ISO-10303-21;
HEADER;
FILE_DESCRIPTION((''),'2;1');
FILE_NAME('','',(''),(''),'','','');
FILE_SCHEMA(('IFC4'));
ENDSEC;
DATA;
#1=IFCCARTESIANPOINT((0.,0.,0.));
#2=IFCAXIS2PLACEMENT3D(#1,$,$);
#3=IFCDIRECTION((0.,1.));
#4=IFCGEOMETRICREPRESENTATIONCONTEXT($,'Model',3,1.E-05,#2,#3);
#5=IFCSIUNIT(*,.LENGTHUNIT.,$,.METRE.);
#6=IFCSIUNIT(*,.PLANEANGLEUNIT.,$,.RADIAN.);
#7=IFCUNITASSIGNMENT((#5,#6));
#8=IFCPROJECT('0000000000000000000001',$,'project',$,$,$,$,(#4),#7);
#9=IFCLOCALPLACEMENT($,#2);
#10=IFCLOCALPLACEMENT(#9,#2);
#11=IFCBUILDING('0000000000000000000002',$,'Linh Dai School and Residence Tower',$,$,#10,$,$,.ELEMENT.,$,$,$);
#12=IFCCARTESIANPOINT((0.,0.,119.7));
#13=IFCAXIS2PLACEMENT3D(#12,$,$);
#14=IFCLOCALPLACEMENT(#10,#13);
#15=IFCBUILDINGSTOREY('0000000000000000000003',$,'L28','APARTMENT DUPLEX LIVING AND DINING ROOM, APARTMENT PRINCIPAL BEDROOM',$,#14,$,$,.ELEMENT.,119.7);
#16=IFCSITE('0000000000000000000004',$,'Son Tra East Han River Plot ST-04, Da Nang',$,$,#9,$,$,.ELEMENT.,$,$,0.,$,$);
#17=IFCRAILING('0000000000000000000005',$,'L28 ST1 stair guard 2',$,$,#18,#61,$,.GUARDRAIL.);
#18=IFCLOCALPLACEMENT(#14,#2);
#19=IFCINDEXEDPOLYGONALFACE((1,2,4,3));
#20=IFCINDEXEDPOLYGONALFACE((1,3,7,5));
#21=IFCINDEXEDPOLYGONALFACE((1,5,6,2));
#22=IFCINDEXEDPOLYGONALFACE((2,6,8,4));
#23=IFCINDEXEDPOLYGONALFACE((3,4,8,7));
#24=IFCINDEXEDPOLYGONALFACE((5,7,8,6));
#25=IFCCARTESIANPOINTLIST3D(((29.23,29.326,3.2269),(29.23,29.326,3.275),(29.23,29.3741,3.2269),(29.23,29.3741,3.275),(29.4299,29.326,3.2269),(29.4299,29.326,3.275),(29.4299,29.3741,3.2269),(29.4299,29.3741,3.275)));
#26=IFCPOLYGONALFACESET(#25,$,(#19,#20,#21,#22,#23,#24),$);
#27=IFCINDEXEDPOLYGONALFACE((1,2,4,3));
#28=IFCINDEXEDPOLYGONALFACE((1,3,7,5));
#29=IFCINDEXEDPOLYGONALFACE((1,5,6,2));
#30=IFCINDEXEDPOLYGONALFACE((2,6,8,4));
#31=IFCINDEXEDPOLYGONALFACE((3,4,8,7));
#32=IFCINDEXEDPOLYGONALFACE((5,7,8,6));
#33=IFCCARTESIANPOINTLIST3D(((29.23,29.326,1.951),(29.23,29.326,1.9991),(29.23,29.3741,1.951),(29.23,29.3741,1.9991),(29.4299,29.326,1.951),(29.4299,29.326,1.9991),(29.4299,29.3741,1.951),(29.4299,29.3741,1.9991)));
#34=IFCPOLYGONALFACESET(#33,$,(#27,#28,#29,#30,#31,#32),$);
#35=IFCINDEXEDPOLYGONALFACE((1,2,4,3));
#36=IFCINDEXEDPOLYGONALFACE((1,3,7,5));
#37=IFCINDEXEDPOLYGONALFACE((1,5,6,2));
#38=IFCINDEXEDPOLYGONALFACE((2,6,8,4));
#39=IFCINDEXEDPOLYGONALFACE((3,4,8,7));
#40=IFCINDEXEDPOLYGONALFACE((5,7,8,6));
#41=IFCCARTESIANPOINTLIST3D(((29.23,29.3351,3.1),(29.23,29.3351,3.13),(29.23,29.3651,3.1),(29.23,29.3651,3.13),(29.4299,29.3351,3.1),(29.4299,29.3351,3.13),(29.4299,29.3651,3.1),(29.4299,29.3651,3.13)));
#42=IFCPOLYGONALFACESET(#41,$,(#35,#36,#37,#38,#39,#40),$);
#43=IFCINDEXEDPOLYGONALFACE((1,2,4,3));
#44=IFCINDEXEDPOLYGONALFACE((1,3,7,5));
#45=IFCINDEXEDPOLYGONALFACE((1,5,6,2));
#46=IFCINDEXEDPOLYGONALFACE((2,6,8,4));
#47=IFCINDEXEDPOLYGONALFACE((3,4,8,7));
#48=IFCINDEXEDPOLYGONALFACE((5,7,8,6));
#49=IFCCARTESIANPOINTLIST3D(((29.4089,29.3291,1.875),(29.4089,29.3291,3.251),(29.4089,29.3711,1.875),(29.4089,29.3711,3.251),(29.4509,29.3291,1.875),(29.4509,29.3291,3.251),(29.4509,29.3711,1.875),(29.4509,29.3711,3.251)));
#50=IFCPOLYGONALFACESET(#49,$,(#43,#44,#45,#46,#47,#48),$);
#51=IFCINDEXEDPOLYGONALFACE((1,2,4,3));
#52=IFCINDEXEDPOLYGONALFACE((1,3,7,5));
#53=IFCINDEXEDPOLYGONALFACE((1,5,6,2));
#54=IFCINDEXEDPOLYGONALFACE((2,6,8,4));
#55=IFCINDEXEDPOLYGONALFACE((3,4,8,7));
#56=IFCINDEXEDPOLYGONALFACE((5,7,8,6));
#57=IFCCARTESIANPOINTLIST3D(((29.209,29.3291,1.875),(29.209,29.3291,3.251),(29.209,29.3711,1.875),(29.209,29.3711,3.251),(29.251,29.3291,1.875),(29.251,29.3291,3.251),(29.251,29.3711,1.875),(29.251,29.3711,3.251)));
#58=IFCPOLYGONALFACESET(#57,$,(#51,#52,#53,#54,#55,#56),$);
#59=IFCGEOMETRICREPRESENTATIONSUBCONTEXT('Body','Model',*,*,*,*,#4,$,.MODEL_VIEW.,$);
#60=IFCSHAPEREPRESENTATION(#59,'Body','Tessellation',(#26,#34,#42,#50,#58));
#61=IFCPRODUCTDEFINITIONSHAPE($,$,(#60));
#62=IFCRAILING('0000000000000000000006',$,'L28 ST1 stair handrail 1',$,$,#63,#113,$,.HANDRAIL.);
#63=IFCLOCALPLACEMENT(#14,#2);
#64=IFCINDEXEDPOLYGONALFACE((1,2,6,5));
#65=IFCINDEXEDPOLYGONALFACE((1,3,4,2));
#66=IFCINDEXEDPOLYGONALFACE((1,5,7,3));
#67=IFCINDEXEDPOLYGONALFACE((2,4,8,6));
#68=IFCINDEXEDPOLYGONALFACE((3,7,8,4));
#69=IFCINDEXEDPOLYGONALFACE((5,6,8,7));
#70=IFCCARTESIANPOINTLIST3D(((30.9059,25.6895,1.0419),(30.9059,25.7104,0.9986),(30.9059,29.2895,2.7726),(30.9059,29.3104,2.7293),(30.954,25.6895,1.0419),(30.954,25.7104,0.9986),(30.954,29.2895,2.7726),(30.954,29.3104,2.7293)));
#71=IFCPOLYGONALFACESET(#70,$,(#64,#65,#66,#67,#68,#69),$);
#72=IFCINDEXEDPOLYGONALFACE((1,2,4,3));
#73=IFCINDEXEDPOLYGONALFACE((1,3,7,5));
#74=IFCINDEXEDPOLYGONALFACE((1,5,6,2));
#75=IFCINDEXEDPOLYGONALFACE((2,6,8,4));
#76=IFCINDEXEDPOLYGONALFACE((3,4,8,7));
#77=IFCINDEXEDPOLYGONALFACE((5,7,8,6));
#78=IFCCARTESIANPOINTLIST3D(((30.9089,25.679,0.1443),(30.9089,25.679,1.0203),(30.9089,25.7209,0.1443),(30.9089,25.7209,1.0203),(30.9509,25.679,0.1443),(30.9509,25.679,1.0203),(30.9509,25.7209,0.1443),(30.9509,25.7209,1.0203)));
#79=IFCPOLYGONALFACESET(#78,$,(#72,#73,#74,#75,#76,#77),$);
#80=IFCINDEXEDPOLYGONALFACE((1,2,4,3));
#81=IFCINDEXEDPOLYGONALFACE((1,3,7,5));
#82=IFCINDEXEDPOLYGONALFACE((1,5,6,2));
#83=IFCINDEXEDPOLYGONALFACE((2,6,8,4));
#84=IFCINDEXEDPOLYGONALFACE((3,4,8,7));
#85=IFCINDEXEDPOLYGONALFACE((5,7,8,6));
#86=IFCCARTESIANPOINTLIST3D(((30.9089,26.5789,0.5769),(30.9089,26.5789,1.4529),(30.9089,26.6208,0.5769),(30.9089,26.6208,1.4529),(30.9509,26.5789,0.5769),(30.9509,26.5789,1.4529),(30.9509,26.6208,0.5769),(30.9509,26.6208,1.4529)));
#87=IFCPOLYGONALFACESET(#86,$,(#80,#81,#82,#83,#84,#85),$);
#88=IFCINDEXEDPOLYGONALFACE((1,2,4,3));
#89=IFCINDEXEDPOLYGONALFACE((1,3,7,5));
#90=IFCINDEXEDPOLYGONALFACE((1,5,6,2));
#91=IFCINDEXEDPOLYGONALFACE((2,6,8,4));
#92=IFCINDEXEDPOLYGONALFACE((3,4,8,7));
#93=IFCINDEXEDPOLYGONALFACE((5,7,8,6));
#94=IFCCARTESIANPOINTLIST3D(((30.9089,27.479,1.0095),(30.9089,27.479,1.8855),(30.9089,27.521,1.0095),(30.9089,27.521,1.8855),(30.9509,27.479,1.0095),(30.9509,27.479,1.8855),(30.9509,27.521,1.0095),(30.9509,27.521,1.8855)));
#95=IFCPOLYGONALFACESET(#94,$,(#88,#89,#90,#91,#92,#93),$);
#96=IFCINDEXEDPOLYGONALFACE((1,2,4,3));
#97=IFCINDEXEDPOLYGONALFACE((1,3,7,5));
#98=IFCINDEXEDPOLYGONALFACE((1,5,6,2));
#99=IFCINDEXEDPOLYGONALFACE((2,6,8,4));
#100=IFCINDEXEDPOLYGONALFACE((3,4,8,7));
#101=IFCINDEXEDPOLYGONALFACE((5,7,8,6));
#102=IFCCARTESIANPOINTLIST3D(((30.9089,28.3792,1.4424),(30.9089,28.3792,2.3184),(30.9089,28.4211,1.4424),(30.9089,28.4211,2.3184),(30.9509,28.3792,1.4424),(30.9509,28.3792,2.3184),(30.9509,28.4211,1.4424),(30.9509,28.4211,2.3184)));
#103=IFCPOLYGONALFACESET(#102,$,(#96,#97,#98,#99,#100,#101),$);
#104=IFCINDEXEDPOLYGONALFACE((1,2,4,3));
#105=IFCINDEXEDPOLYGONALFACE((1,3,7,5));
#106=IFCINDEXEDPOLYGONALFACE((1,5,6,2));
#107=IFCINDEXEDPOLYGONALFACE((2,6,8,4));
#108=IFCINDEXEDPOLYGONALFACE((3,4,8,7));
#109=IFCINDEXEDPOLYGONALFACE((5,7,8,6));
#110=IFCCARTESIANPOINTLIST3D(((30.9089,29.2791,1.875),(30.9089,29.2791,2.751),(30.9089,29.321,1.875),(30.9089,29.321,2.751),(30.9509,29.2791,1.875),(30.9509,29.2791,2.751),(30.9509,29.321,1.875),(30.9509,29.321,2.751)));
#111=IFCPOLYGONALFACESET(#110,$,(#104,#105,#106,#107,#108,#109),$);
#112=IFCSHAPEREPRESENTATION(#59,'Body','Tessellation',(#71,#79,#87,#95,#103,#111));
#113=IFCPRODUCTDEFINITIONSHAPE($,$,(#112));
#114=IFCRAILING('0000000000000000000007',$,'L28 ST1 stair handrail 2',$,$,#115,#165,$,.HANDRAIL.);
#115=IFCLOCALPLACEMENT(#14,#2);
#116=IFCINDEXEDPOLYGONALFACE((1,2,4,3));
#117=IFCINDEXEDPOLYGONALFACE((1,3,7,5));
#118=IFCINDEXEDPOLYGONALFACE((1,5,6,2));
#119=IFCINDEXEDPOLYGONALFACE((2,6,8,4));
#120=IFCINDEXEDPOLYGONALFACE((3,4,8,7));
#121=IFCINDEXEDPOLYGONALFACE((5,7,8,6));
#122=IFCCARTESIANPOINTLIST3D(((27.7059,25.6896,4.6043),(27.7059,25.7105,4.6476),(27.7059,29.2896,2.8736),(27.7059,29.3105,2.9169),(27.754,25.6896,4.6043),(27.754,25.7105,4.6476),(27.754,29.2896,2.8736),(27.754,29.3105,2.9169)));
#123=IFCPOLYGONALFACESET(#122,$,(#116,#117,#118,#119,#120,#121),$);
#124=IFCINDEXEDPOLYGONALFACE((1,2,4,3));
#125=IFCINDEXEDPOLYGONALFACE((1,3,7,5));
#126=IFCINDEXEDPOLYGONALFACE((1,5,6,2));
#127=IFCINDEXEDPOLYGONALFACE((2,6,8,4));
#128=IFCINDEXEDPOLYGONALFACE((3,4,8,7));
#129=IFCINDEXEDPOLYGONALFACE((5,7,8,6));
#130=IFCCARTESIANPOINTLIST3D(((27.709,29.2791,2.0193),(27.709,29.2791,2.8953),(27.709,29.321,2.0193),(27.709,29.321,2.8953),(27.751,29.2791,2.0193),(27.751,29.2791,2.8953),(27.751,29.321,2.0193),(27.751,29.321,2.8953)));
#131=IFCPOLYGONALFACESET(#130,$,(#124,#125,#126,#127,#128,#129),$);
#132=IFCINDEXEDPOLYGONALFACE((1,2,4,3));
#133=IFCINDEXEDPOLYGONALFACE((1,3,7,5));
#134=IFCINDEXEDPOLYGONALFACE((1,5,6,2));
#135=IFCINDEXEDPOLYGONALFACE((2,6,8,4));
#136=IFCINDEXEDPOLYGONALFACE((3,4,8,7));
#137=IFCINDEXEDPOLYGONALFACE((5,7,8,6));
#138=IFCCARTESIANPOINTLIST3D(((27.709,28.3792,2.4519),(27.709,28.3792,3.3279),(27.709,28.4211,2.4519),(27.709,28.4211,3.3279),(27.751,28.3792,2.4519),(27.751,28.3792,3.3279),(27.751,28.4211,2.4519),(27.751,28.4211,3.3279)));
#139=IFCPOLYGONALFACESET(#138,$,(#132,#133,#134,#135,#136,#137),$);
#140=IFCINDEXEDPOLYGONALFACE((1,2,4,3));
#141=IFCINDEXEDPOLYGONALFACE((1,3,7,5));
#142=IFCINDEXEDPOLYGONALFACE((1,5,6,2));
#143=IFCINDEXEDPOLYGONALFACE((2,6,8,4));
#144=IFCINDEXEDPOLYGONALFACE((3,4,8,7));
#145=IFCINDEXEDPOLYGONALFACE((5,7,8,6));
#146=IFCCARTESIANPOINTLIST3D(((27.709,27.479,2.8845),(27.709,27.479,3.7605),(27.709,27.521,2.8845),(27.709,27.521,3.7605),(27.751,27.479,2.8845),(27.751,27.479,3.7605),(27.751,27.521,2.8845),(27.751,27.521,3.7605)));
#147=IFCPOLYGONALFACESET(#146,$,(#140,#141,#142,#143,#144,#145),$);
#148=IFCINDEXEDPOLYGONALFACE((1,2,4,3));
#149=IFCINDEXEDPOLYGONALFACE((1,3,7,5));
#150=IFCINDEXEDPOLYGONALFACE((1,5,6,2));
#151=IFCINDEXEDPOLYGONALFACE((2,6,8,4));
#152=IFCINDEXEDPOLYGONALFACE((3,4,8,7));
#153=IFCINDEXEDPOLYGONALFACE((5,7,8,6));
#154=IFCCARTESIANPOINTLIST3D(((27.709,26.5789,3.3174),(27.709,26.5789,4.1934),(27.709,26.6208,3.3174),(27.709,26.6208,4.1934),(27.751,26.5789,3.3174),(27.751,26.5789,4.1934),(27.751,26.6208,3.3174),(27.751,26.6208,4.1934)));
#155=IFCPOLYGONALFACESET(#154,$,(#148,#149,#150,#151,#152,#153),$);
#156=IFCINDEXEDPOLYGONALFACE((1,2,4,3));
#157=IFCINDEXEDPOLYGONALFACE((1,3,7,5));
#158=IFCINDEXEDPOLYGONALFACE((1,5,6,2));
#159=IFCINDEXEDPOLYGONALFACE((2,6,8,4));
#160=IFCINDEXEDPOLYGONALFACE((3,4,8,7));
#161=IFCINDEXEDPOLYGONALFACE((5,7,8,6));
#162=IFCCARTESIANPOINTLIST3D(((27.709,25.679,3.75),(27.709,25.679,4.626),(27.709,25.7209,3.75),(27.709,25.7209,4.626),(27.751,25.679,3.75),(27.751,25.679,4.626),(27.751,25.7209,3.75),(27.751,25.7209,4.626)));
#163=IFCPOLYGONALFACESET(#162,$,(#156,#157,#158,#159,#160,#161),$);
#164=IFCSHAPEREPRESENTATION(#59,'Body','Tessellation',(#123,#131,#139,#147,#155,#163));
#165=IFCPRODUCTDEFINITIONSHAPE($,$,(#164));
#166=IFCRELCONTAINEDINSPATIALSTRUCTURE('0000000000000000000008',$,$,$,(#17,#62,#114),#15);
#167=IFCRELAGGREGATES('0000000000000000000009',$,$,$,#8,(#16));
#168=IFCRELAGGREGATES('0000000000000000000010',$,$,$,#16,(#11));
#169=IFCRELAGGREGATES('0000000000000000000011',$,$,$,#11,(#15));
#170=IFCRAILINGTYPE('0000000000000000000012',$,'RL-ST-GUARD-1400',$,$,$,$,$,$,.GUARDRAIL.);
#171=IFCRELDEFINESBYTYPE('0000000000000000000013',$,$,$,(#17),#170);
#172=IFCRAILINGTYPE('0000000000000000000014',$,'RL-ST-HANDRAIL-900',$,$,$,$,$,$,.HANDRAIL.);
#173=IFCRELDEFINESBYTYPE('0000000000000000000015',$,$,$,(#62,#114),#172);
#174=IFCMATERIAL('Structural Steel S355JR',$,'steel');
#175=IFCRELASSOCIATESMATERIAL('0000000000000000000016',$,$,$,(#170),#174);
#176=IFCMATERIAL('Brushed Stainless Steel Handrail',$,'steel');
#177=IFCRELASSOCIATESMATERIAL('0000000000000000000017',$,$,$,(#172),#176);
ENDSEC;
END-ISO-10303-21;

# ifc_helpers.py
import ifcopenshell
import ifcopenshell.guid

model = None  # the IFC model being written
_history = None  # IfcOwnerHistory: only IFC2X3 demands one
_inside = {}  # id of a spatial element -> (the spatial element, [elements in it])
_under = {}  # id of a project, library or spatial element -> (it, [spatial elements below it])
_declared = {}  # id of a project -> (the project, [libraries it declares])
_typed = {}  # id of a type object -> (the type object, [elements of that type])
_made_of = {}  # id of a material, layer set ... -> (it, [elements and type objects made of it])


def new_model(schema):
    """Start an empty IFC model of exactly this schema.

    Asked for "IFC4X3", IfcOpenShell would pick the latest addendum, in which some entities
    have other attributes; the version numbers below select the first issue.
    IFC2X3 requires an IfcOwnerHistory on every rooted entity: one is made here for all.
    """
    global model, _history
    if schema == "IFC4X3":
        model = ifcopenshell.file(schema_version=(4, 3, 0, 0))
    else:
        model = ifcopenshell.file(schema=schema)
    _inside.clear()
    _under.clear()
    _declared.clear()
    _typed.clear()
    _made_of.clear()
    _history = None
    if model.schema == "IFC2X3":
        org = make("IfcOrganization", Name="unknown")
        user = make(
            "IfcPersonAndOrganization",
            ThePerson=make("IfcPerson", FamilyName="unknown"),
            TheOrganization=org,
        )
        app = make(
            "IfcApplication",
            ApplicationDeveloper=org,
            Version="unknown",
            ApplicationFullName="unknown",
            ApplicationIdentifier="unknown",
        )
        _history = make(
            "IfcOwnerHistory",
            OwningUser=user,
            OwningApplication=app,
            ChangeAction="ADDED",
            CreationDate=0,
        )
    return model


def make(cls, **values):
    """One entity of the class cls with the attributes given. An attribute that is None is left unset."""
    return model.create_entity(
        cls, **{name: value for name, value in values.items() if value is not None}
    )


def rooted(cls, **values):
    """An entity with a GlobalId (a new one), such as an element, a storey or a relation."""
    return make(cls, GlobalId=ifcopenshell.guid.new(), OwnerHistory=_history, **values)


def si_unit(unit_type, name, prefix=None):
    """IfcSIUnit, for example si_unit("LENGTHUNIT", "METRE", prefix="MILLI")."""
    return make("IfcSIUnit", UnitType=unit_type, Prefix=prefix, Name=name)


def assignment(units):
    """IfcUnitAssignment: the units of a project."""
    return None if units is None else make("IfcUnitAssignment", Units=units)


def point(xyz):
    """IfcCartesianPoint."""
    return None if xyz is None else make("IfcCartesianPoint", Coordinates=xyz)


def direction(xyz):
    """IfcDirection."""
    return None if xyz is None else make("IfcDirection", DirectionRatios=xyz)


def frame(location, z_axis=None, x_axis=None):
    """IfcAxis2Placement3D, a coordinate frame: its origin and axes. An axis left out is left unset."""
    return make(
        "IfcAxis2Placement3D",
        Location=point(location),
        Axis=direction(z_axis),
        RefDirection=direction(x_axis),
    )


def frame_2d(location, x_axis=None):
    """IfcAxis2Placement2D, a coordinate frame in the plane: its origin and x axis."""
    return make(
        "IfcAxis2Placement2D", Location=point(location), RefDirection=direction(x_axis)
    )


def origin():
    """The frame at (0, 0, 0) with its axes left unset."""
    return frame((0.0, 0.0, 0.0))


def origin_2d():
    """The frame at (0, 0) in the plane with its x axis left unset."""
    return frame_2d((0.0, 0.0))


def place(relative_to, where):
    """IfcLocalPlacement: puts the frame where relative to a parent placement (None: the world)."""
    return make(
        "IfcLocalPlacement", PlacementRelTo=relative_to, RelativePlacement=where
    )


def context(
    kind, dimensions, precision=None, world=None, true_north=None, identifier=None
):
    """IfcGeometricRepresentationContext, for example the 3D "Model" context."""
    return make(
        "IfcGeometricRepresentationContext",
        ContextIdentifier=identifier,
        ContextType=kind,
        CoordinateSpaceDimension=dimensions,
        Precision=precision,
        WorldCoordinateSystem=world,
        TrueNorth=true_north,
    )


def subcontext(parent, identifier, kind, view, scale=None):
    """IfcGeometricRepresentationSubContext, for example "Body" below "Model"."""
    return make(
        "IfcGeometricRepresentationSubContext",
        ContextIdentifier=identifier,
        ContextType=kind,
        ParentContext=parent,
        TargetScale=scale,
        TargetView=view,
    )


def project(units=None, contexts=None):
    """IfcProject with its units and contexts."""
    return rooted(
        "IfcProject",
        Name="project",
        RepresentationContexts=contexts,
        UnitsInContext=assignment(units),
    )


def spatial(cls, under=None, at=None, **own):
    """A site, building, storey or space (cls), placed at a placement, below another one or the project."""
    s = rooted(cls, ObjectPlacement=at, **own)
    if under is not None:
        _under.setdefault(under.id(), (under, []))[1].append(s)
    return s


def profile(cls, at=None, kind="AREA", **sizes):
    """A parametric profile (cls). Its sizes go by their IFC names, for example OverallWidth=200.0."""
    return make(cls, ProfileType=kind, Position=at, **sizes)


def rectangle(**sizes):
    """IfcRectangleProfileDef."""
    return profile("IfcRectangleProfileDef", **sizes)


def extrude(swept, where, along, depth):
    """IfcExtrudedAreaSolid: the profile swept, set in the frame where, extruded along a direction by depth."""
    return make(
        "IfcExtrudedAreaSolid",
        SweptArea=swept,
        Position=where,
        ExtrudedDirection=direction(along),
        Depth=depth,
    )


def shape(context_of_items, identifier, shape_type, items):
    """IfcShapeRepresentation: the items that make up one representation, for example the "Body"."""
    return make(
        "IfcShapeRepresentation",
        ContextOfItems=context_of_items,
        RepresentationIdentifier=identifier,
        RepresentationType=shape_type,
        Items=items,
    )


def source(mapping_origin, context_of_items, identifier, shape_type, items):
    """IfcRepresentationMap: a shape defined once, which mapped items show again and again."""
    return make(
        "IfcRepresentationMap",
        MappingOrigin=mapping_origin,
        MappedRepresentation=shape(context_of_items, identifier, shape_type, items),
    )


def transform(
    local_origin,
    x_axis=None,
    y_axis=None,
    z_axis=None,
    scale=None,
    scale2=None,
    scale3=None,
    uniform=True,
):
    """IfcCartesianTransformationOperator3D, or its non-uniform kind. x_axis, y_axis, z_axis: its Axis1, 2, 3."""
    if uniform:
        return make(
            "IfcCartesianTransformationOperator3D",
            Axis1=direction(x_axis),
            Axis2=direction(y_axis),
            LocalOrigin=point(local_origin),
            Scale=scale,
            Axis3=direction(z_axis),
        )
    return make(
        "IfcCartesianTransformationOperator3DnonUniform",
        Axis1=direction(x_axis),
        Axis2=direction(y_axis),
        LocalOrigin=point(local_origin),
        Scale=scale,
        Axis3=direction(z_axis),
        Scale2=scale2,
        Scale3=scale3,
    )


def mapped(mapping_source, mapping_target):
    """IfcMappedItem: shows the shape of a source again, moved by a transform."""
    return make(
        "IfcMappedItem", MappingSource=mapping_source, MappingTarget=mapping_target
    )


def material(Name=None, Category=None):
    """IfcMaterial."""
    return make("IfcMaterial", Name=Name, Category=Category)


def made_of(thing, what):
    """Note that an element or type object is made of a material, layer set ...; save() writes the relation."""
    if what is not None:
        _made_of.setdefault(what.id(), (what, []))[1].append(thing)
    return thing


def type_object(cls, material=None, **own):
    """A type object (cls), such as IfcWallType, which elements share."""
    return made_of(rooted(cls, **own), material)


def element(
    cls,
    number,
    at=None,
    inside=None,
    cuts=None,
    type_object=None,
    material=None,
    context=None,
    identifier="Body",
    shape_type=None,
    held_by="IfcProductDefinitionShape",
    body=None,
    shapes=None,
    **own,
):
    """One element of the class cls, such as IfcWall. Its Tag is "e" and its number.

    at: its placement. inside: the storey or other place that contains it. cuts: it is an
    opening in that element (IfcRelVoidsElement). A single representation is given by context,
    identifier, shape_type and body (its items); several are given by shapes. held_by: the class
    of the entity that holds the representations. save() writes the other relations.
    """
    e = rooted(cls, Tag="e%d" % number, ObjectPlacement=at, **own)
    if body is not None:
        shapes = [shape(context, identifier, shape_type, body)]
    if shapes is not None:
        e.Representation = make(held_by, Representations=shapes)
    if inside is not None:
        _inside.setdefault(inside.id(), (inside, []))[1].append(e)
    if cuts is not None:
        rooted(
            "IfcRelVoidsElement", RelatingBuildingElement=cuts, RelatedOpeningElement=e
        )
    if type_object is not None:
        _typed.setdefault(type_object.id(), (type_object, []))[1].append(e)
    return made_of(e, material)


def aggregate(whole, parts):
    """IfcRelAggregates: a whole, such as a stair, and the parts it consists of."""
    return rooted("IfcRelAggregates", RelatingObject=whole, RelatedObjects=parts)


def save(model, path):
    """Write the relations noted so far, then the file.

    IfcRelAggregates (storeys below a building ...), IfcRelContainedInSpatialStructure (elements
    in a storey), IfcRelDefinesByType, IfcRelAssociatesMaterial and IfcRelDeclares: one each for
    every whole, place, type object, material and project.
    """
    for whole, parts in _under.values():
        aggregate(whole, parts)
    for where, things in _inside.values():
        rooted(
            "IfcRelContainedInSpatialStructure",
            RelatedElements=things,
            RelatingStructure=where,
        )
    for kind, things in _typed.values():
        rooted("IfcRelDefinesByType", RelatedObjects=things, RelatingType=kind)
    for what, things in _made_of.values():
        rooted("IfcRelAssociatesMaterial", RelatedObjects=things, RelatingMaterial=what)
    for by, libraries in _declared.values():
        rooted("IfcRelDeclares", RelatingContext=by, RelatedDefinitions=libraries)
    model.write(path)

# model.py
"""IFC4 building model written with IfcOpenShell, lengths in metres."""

from ifc_helpers import new_model, si_unit, direction, frame, origin, origin_2d, place, context, subcontext, project, spatial, rectangle, extrude, source, transform, mapped, material, type_object, element, save


model = new_model("IFC4")

# Units and contexts
model_context = context("Model", 3, precision=1e-05, world=origin(), true_north=direction((0.0, 1.0)))
body_context = subcontext(model_context, "Body", "Model", "MODEL_VIEW")
ifc_project = project(units=[si_unit("LENGTHUNIT", "METRE"), si_unit("PLANEANGLEUNIT", "RADIAN")], contexts=[model_context])

# Site, building, storey
site_placement = place(None, origin())
site = spatial("IfcSite", under=ifc_project, at=site_placement, Name="Son Tra East Han River Plot ST-04, Da Nang", CompositionType="ELEMENT", RefElevation=0.0)
building_placement = place(site_placement, origin())
building = spatial("IfcBuilding", under=site, at=building_placement, Name="Linh Dai School and Residence Tower", CompositionType="ELEMENT")
storey_placement = place(building_placement, frame((0.0, 0.0, 119.7)))
storey = spatial("IfcBuildingStorey", under=building, at=storey_placement, Name="L28", Description="APARTMENT DUPLEX LIVING AND DINING ROOM, APARTMENT PRINCIPAL BEDROOM", CompositionType="ELEMENT", Elevation=119.7)

# Shared definitions
ifc_material_1 = material(Name="Structural Steel S355JR", Category="steel")

# Railings
railing_type_1 = type_object("IfcRailingType", Name="RL-ST-GUARD-1400", PredefinedType="GUARDRAIL", material=ifc_material_1)
shared_shape_1 = source(origin(), body_context, "Body", "SweptSolid", [
    extrude(rectangle(XDim=0.0481, YDim=0.0481, at=origin_2d()), frame((0.0, 0.0, 1.376), z_axis=(-1.0, 0.0, 0.0), x_axis=(0.0, -1.0, 0.0)), (0.0, 0.0, 1.0), 0.2),
    extrude(rectangle(XDim=0.0481, YDim=0.0481, at=origin_2d()), frame((0.0, 0.0, 0.1001), z_axis=(-1.0, 0.0, 0.0), x_axis=(0.0, -1.0, 0.0)), (0.0, 0.0, 1.0), 0.2),
    extrude(rectangle(XDim=0.03, YDim=0.03, at=origin_2d()), frame((0.0, 0.0, 1.24), z_axis=(-1.0, 0.0, 0.0), x_axis=(0.0, -1.0, 0.0)), (0.0, 0.0, 1.0), 0.2),
    extrude(rectangle(XDim=0.042, YDim=0.042, at=origin_2d()), origin(), (0.0, 0.0, 1.0), 1.376),
    extrude(rectangle(XDim=0.042, YDim=0.042, at=origin_2d()), frame((-0.2, 0.0, 0.0)), (0.0, 0.0, 1.0), 1.376),
])
railing_1_placement = place(storey_placement, frame((29.4299, 29.3501, 1.875)))
element("IfcRailing", 1, at=railing_1_placement, inside=storey, type_object=railing_type_1, Name="L28 ST1 stair guard 2", PredefinedType="GUARDRAIL", context=body_context, shape_type="MappedRepresentation", body=[
    mapped(shared_shape_1, transform((0.0, 0.0, 0.0), x_axis=(1.0, 0.0, 0.0), y_axis=(0.0, 1.0, 0.0), z_axis=(0.0, 0.0, 1.0), scale=1.0)),
])
ifc_material_2 = material(Name="Brushed Stainless Steel Handrail", Category="steel")
railing_type_2 = type_object("IfcRailingType", Name="RL-ST-HANDRAIL-900", PredefinedType="HANDRAIL", material=ifc_material_2)
shared_shape_2 = source(origin(), body_context, "Body", "SweptSolid", [
    extrude(rectangle(XDim=0.0481, YDim=0.0481, at=origin_2d()), frame((0.0, 0.0, 0.876), z_axis=(0.0, 0.901263, 0.433273), x_axis=(-1.0, 0.0, 0.0)), (0.0, 0.0, 1.0), 3.9944),
    extrude(rectangle(XDim=0.042, YDim=0.042, at=origin_2d()), origin(), (0.0, 0.0, 1.0), 0.876),
    extrude(rectangle(XDim=0.042, YDim=0.042, at=origin_2d()), frame((0.0, 0.8999, 0.4326)), (0.0, 0.0, 1.0), 0.876),
    extrude(rectangle(XDim=0.042, YDim=0.042, at=origin_2d()), frame((0.0, 1.8, 0.8652)), (0.0, 0.0, 1.0), 0.876),
    extrude(rectangle(XDim=0.042, YDim=0.042, at=origin_2d()), frame((0.0, 2.7002, 1.2981)), (0.0, 0.0, 1.0), 0.876),
    extrude(rectangle(XDim=0.042, YDim=0.042, at=origin_2d()), frame((0.0, 3.6001, 1.7307)), (0.0, 0.0, 1.0), 0.876),
])
railing_2_placement = place(storey_placement, frame((30.9299, 25.7, 0.1443)))
element("IfcRailing", 2, at=railing_2_placement, inside=storey, type_object=railing_type_2, Name="L28 ST1 stair handrail 1", PredefinedType="HANDRAIL", context=body_context, shape_type="MappedRepresentation", body=[
    mapped(shared_shape_2, transform((0.0, 0.0, 0.0), x_axis=(1.0, 0.0, 0.0), y_axis=(0.0, 1.0, 0.0), z_axis=(0.0, 0.0, 1.0), scale=1.0)),
])
shared_shape_3 = source(origin(), body_context, "Body", "SweptSolid", [
    extrude(rectangle(XDim=0.0481, YDim=0.0481, at=origin_2d()), frame((0.0, 0.0, 0.876), z_axis=(0.0, -0.901263, 0.433273), x_axis=(1.0, 0.0, 0.0)), (0.0, 0.0, 1.0), 3.9944),
    extrude(rectangle(XDim=0.042, YDim=0.042, at=origin_2d()), origin(), (0.0, 0.0, 1.0), 0.876),
    extrude(rectangle(XDim=0.042, YDim=0.042, at=origin_2d()), frame((0.0, -0.8999, 0.4326)), (0.0, 0.0, 1.0), 0.876),
    extrude(rectangle(XDim=0.042, YDim=0.042, at=origin_2d()), frame((0.0, -1.8, 0.8652)), (0.0, 0.0, 1.0), 0.876),
    extrude(rectangle(XDim=0.042, YDim=0.042, at=origin_2d()), frame((0.0, -2.7002, 1.2981)), (0.0, 0.0, 1.0), 0.876),
    extrude(rectangle(XDim=0.042, YDim=0.042, at=origin_2d()), frame((0.0, -3.6001, 1.7307)), (0.0, 0.0, 1.0), 0.876),
])
railing_3_placement = place(storey_placement, frame((27.73, 29.3, 2.0193)))
element("IfcRailing", 3, at=railing_3_placement, inside=storey, type_object=railing_type_2, Name="L28 ST1 stair handrail 2", PredefinedType="HANDRAIL", context=body_context, shape_type="MappedRepresentation", body=[
    mapped(shared_shape_3, transform((0.0, 0.0, 0.0), x_axis=(1.0, 0.0, 0.0), y_axis=(0.0, 1.0, 0.0), z_axis=(0.0, 0.0, 1.0), scale=1.0)),
])

save(model, "model.ifc")
